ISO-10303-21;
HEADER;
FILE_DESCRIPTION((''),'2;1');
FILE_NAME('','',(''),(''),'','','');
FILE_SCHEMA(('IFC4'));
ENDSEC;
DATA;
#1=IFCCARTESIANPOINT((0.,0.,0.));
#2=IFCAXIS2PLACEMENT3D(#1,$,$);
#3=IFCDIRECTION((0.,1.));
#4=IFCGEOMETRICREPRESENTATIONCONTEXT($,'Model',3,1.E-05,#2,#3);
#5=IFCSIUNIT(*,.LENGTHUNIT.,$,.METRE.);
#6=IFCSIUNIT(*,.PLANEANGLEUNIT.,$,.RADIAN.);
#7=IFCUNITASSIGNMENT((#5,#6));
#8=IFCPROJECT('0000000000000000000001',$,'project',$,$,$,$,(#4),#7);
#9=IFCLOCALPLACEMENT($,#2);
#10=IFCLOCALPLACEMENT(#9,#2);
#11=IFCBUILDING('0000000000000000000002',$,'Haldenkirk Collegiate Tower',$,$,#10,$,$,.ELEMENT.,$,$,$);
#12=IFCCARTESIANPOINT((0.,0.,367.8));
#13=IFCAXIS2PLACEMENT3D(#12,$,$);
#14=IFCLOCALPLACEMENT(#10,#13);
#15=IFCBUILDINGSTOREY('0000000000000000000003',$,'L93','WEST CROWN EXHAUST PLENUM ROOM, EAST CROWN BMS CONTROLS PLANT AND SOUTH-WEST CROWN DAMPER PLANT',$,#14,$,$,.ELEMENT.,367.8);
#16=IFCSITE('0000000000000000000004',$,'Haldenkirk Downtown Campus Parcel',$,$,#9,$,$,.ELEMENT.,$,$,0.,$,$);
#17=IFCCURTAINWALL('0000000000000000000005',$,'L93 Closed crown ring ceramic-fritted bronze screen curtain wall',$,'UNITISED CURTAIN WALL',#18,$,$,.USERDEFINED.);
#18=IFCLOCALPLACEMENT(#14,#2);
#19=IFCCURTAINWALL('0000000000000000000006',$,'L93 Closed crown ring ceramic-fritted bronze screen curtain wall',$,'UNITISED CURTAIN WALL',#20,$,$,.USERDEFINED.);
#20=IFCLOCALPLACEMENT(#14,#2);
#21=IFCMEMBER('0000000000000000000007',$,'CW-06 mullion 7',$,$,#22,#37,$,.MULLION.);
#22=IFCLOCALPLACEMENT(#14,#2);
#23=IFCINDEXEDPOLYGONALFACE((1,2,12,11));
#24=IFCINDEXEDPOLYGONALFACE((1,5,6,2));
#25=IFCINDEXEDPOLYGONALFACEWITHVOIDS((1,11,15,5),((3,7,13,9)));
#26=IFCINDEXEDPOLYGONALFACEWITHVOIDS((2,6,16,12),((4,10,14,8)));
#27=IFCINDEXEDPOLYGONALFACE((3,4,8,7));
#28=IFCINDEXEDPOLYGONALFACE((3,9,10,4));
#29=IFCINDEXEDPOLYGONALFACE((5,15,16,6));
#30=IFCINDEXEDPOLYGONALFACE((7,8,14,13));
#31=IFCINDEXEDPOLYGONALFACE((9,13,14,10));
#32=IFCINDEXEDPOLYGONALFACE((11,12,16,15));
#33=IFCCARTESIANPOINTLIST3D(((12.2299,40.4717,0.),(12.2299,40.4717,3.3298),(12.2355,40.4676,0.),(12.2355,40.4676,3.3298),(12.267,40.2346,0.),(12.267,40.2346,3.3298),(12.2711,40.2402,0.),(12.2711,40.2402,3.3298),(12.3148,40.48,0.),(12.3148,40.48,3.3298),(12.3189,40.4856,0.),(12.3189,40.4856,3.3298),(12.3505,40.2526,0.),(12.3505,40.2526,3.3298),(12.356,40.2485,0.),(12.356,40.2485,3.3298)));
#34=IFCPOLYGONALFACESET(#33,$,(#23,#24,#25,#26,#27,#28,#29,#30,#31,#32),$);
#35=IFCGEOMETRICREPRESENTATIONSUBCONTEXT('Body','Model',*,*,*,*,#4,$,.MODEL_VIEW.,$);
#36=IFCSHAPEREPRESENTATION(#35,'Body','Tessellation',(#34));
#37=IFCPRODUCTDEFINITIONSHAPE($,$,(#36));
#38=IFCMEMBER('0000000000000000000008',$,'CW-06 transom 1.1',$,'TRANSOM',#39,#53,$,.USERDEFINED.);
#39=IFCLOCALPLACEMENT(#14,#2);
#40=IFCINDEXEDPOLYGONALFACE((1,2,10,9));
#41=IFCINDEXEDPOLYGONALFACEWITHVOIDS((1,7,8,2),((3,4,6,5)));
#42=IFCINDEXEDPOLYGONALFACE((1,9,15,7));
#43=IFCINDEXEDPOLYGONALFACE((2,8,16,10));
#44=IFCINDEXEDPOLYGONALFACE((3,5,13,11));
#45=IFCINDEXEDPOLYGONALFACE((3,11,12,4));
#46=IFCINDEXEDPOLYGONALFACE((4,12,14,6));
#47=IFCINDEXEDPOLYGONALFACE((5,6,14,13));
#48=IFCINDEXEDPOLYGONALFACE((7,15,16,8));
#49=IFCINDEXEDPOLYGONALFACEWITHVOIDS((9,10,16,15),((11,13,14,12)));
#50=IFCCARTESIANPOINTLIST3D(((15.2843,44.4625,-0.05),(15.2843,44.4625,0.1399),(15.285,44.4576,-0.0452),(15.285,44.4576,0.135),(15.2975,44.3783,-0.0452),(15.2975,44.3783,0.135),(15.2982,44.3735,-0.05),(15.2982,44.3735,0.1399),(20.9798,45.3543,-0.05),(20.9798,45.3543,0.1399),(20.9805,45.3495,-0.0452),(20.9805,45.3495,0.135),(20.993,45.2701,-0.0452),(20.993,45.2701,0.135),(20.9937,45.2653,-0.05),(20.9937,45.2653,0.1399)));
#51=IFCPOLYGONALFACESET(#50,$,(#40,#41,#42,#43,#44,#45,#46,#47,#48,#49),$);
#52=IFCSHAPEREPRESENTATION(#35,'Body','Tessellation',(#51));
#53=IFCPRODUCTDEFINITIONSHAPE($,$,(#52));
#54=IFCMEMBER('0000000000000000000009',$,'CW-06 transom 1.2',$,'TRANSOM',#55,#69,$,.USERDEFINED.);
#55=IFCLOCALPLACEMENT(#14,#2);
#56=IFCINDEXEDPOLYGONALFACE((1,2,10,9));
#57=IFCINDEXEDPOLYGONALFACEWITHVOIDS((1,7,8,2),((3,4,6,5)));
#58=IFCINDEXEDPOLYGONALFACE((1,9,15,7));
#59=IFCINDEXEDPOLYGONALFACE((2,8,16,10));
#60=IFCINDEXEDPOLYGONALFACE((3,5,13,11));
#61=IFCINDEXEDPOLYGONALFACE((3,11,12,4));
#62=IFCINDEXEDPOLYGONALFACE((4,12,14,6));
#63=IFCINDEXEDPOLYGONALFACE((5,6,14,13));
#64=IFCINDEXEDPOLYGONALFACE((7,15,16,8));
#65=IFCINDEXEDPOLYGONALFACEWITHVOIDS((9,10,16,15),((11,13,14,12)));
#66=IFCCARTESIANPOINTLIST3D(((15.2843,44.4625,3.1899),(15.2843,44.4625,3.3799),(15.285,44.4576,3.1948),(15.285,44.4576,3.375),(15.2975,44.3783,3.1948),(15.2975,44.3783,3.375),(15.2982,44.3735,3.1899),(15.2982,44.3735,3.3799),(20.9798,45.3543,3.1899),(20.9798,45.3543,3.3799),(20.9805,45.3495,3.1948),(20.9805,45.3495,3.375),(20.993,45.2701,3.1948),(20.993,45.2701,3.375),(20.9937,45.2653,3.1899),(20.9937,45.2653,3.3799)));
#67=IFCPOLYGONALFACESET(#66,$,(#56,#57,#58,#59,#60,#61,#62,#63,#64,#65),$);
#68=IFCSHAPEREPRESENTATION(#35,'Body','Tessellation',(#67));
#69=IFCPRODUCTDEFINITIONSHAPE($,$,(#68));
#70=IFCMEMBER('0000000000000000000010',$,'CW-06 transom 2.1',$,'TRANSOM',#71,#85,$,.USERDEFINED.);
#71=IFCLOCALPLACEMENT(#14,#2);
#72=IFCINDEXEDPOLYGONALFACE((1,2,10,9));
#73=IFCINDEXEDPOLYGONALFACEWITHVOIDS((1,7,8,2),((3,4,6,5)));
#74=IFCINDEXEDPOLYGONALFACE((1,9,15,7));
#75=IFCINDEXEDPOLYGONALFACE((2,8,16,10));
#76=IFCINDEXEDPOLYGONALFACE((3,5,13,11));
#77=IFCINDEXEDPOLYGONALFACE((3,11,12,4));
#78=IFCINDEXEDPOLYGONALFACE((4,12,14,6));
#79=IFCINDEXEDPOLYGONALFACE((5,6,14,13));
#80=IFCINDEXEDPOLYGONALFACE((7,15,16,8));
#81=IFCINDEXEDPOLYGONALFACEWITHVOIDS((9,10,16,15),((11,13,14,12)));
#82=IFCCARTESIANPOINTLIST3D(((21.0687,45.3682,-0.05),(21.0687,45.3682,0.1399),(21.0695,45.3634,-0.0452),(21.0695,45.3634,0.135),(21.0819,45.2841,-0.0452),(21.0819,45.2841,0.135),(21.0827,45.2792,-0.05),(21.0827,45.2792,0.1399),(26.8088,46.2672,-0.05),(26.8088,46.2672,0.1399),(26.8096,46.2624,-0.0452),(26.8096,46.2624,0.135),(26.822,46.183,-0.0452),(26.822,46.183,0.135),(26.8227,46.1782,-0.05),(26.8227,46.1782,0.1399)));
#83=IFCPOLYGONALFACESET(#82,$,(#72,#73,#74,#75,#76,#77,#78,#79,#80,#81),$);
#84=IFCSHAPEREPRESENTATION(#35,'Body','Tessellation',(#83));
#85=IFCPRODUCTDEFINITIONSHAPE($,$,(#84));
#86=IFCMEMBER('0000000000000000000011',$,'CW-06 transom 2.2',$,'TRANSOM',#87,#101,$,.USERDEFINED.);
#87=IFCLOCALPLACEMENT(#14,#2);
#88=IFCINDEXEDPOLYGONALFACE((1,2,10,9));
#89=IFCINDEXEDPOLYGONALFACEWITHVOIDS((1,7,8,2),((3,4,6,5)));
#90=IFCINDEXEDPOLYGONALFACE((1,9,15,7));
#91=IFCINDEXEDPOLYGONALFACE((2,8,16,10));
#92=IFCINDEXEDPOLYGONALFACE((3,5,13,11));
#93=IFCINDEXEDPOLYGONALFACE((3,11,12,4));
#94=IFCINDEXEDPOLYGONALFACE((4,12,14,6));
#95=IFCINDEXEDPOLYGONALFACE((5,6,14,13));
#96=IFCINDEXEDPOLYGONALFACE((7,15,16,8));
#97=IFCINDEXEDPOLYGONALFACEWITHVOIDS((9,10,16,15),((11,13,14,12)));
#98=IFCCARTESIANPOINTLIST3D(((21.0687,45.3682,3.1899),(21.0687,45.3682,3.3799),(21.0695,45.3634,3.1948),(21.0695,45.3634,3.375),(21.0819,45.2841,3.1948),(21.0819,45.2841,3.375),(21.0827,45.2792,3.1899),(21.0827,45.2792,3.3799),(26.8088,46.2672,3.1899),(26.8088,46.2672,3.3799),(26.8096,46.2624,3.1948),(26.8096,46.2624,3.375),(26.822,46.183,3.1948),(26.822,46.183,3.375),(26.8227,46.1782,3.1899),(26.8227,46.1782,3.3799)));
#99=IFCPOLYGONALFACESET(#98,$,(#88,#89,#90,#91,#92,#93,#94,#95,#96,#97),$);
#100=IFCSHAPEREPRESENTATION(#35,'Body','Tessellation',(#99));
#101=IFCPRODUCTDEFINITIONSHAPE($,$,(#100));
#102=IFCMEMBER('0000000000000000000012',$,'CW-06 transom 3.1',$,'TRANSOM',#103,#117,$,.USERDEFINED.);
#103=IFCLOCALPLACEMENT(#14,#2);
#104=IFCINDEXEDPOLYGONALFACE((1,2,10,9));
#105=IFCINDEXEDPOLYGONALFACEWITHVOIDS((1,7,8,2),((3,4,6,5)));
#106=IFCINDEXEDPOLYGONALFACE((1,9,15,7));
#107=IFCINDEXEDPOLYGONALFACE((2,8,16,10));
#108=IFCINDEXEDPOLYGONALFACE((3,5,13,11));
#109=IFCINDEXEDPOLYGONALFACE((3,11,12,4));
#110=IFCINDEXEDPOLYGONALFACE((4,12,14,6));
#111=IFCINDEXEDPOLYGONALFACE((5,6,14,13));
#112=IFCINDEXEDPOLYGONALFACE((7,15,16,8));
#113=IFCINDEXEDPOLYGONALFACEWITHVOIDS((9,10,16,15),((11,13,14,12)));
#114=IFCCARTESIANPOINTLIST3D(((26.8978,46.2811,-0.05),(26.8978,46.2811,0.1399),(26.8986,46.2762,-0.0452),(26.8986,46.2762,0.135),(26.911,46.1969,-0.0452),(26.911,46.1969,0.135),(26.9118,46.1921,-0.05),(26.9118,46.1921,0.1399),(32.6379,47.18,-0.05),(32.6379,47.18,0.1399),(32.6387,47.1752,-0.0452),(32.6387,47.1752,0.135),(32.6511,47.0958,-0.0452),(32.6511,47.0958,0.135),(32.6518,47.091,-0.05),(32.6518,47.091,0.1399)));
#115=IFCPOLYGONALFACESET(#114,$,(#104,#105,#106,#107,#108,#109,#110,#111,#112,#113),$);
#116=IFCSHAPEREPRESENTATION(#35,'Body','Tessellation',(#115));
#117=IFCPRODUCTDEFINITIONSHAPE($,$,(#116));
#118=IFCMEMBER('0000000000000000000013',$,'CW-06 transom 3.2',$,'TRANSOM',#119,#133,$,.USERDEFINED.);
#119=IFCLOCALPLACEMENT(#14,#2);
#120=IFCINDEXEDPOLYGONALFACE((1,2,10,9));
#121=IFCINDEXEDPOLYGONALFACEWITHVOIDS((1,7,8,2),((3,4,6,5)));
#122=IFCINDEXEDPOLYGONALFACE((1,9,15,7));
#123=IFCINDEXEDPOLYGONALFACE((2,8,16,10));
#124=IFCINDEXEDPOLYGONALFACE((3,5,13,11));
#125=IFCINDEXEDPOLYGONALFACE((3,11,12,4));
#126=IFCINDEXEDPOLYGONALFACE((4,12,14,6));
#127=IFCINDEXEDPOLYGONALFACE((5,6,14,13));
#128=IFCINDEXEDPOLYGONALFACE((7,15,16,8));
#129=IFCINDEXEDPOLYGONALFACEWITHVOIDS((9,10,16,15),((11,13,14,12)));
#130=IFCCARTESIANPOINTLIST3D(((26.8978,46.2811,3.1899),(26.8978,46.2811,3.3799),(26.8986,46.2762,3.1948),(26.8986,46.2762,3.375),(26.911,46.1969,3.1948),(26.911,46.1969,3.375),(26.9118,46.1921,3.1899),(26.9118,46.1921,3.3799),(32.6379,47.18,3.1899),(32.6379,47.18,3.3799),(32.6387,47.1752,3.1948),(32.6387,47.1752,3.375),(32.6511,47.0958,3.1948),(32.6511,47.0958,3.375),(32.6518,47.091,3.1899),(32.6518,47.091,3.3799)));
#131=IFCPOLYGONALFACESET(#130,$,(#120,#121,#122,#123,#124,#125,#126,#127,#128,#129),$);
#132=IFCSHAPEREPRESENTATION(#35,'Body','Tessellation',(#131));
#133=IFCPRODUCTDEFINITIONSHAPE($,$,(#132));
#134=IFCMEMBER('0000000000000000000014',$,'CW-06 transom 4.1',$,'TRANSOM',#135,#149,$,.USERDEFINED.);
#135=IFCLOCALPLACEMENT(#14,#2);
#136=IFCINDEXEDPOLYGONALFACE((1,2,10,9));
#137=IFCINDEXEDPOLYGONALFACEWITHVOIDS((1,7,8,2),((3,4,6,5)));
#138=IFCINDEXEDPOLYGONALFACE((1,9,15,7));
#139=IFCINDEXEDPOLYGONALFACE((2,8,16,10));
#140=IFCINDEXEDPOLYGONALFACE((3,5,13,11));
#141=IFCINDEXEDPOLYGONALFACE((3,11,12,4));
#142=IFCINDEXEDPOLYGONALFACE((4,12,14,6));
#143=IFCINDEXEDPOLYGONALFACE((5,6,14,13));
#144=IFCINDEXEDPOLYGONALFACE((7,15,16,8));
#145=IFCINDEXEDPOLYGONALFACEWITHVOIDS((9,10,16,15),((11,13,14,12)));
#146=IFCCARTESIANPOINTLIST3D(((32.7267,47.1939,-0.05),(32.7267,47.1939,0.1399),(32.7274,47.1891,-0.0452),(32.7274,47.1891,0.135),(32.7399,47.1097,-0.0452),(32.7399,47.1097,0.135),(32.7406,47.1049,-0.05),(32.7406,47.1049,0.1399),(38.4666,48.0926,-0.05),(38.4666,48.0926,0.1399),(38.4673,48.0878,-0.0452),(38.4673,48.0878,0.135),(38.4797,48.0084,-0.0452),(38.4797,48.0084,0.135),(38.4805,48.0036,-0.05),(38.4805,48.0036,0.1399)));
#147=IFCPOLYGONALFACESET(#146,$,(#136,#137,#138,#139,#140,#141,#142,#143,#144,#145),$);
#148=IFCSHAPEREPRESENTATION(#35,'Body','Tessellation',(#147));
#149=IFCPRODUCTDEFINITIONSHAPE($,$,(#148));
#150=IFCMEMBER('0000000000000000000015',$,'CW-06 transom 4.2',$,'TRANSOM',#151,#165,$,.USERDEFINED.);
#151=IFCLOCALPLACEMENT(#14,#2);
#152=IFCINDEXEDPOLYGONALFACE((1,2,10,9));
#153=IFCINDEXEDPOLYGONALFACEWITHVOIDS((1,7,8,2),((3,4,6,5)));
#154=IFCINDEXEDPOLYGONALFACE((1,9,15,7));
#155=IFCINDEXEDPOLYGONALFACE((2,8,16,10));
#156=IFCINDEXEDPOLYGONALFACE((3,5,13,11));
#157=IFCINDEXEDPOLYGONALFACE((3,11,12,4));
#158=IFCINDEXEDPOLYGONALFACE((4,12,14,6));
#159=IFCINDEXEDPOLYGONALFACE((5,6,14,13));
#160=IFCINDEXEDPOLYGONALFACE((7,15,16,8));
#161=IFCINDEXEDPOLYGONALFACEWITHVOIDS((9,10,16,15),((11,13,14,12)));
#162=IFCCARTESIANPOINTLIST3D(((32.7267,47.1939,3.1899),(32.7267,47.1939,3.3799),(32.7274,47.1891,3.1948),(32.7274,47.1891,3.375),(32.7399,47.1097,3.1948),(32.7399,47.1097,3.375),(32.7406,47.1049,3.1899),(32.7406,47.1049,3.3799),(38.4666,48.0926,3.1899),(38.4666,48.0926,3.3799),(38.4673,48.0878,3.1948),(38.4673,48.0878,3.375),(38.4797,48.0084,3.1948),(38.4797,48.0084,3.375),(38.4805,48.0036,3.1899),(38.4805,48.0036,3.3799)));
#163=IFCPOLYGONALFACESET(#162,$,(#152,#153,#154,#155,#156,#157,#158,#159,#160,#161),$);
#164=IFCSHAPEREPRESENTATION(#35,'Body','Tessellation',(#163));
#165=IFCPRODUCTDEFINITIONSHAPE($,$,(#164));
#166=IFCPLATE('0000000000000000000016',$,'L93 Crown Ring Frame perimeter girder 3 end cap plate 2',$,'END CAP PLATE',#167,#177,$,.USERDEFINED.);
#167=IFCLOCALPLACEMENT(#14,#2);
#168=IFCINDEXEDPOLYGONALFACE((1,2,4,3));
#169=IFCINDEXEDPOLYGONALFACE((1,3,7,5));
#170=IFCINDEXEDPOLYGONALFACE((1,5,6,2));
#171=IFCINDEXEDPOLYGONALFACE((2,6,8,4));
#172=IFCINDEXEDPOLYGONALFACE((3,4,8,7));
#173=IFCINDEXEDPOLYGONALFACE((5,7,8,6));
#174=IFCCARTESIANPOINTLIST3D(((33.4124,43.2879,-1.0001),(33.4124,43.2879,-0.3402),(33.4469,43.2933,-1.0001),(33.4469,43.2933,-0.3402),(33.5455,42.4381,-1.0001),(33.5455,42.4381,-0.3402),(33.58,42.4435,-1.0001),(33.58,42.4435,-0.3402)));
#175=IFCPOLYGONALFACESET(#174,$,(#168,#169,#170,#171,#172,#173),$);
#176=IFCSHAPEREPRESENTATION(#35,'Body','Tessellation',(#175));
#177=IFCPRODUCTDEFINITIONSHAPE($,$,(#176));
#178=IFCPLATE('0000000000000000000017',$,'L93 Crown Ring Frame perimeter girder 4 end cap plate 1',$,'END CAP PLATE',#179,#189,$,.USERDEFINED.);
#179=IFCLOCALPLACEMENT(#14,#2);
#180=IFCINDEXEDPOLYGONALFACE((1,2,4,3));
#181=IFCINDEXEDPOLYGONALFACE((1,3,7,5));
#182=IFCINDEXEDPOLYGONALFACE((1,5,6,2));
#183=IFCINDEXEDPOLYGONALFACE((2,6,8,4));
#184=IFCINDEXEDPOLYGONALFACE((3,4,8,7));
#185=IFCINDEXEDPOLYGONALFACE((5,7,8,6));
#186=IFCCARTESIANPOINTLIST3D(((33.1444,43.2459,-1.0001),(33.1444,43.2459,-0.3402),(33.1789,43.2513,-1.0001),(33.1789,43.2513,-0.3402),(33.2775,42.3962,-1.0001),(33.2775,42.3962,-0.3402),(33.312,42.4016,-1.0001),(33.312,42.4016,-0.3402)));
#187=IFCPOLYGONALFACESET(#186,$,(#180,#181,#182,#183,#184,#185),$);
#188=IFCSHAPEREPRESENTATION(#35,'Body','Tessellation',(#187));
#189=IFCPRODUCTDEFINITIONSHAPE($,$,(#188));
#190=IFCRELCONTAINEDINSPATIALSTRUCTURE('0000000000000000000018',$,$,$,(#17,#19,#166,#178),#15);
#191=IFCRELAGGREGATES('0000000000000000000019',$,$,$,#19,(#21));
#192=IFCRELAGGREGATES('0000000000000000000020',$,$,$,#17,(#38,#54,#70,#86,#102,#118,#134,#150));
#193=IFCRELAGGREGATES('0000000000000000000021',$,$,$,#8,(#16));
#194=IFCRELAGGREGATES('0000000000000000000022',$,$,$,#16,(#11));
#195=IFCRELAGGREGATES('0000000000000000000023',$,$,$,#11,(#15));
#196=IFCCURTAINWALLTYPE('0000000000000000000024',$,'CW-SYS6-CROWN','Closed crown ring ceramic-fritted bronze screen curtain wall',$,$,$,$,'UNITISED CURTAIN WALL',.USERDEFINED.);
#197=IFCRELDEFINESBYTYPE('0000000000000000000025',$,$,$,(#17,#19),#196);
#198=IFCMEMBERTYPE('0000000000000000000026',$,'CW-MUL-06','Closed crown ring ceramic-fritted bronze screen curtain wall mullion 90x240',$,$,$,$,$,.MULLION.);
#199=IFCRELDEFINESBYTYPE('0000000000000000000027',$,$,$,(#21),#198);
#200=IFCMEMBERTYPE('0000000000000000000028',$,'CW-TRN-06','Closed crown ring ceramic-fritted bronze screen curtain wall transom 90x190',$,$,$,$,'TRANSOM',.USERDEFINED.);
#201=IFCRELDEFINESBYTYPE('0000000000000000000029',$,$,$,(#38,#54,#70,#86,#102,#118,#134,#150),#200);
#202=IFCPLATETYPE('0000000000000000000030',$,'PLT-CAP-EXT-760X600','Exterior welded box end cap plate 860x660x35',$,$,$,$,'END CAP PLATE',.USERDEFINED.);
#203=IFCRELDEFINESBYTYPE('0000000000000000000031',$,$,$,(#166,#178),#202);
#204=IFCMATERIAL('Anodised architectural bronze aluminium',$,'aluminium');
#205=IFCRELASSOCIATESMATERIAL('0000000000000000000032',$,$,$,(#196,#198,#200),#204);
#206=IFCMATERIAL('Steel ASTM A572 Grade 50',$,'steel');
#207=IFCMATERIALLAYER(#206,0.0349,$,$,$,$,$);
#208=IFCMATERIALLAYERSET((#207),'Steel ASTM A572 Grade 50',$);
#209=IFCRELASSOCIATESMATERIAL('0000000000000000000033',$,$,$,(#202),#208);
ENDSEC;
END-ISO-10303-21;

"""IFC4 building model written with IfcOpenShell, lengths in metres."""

from ifc_helpers import new_model, si_unit, direction, frame, origin, origin_2d, place, context, subcontext, project, spatial, rectangle, hollow_rectangle, extrude, source, transform, mapped, material, layer, layer_set, material_profile, profile_set, type_object, element, aggregate, save


model = new_model("IFC4")

# Units and contexts
model_context = context("Model", 3, precision=1e-05, world=origin(), true_north=direction((0.0, 1.0)))
body_context = subcontext(model_context, "Body", "Model", "MODEL_VIEW")
ifc_project = project(units=[si_unit("LENGTHUNIT", "METRE"), si_unit("PLANEANGLEUNIT", "RADIAN")], contexts=[model_context])

# Site, building, storey
site_placement = place(None, origin())
site = spatial("IfcSite", under=ifc_project, at=site_placement, Name="Haldenkirk Downtown Campus Parcel", CompositionType="ELEMENT", RefElevation=0.0)
building_placement = place(site_placement, origin())
building = spatial("IfcBuilding", under=site, at=building_placement, Name="Haldenkirk Collegiate Tower", CompositionType="ELEMENT")
storey_placement = place(building_placement, frame((0.0, 0.0, 367.8)))
storey = spatial("IfcBuildingStorey", under=building, at=storey_placement, Name="L93", Description="WEST CROWN EXHAUST PLENUM ROOM, EAST CROWN BMS CONTROLS PLANT AND SOUTH-WEST CROWN DAMPER PLANT", CompositionType="ELEMENT", Elevation=367.8)

# Shared definitions
ifc_material_1 = material(Name="Steel ASTM A572 Grade 50", Category="steel")

# Curtain wall
ifc_material_2 = material(Name="Anodised architectural bronze aluminium", Category="aluminium")
curtain_wall_type = type_object("IfcCurtainWallType", Name="CW-SYS6-CROWN", Description="Closed crown ring ceramic-fritted bronze screen curtain wall", ElementType="UNITISED CURTAIN WALL", PredefinedType="USERDEFINED", material=ifc_material_2)
curtain_wall_1_placement = place(storey_placement, origin())
curtain_wall_1 = element("IfcCurtainWall", 1, at=curtain_wall_1_placement, inside=storey, type_object=curtain_wall_type, Name="L93 Closed crown ring ceramic-fritted bronze screen curtain wall", ObjectType="UNITISED CURTAIN WALL", PredefinedType="USERDEFINED")
ifc_material_profile_1 = material_profile(ifc_material_2, hollow_rectangle(XDim=0.0901, YDim=0.24, WallThickness=0.0049, at=origin_2d()), Name="CW-MUL-06")
ifc_profile_set_1 = profile_set([ifc_material_profile_1], Name="Anodised architectural bronze aluminium")
member_type_1 = type_object("IfcMemberType", Name="CW-MUL-06", Description="Closed crown ring ceramic-fritted bronze screen curtain wall mullion 90x240", PredefinedType="MULLION", material=ifc_profile_set_1)

# Curtain wall, member
curtain_wall_2_placement = place(storey_placement, origin())
curtain_wall_2 = element("IfcCurtainWall", 2, at=curtain_wall_2_placement, inside=storey, type_object=curtain_wall_type, Name="L93 Closed crown ring ceramic-fritted bronze screen curtain wall", ObjectType="UNITISED CURTAIN WALL", PredefinedType="USERDEFINED")
member_1_placement = place(storey_placement, frame((12.293, 40.3601, 0.0), z_axis=(0.0, 0.0, 1.0), x_axis=(-0.98796, -0.154713, 0.0)))
member_1 = element("IfcMember", 3, at=member_1_placement, type_object=member_type_1, Name="CW-06 mullion 7", PredefinedType="MULLION", context=body_context, shape_type="SweptSolid", body=[
    extrude(hollow_rectangle(XDim=0.0901, YDim=0.24, WallThickness=0.0049, at=origin_2d()), origin(), (0.0, 0.0, 1.0), 3.3298),
])
aggregate(curtain_wall_2, [member_1])

# Members
ifc_material_profile_2 = material_profile(ifc_material_2, hollow_rectangle(XDim=0.0901, YDim=0.1899, WallThickness=0.0049, at=origin_2d()), Name="CW-TRN-06")
ifc_profile_set_2 = profile_set([ifc_material_profile_2], Name="Anodised architectural bronze aluminium")
member_type_2 = type_object("IfcMemberType", Name="CW-TRN-06", Description="Closed crown ring ceramic-fritted bronze screen curtain wall transom 90x190", ElementType="TRANSOM", PredefinedType="USERDEFINED", material=ifc_profile_set_2)
member_2_placement = place(storey_placement, frame((15.2913, 44.418, 0.0449), z_axis=(0.987961, 0.154701, 0.0), x_axis=(-0.154701, 0.987961, 0.0)))
member_2 = element("IfcMember", 4, at=member_2_placement, type_object=member_type_2, Name="CW-06 transom 1.1", ObjectType="TRANSOM", PredefinedType="USERDEFINED", context=body_context, shape_type="SweptSolid", body=[
    extrude(hollow_rectangle(XDim=0.0901, YDim=0.1899, WallThickness=0.0049, at=origin_2d()), origin(), (0.0, 0.0, 1.0), 5.7649),
])
member_3_placement = place(storey_placement, frame((15.2913, 44.418, 3.2849), z_axis=(0.987961, 0.154701, 0.0), x_axis=(-0.154701, 0.987961, 0.0)))
member_3 = element("IfcMember", 5, at=member_3_placement, type_object=member_type_2, Name="CW-06 transom 1.2", ObjectType="TRANSOM", PredefinedType="USERDEFINED", context=body_context, shape_type="SweptSolid", body=[
    extrude(hollow_rectangle(XDim=0.0901, YDim=0.1899, WallThickness=0.0049, at=origin_2d()), origin(), (0.0, 0.0, 1.0), 5.7649),
])
member_4_placement = place(storey_placement, frame((21.0757, 45.3237, 0.0449), z_axis=(0.987958, 0.154722, 0.0), x_axis=(-0.154722, 0.987958, 0.0)))
member_4 = element("IfcMember", 6, at=member_4_placement, type_object=member_type_2, Name="CW-06 transom 2.1", ObjectType="TRANSOM", PredefinedType="USERDEFINED", context=body_context, shape_type="SweptSolid", body=[
    extrude(hollow_rectangle(XDim=0.0901, YDim=0.1899, WallThickness=0.0049, at=origin_2d()), origin(), (0.0, 0.0, 1.0), 5.8101),
])
member_5_placement = place(storey_placement, frame((21.0757, 45.3237, 3.2849), z_axis=(0.987958, 0.154722, 0.0), x_axis=(-0.154722, 0.987958, 0.0)))
member_5 = element("IfcMember", 7, at=member_5_placement, type_object=member_type_2, Name="CW-06 transom 2.2", ObjectType="TRANSOM", PredefinedType="USERDEFINED", context=body_context, shape_type="SweptSolid", body=[
    extrude(hollow_rectangle(XDim=0.0901, YDim=0.1899, WallThickness=0.0049, at=origin_2d()), origin(), (0.0, 0.0, 1.0), 5.8101),
])
member_6_placement = place(storey_placement, frame((26.9048, 46.2366, 0.0449), z_axis=(0.987958, 0.154722, 0.0), x_axis=(-0.154722, 0.987958, 0.0)))
member_6 = element("IfcMember", 8, at=member_6_placement, type_object=member_type_2, Name="CW-06 transom 3.1", ObjectType="TRANSOM", PredefinedType="USERDEFINED", context=body_context, shape_type="SweptSolid", body=[
    extrude(hollow_rectangle(XDim=0.0901, YDim=0.1899, WallThickness=0.0049, at=origin_2d()), origin(), (0.0, 0.0, 1.0), 5.8101),
])
member_7_placement = place(storey_placement, frame((26.9048, 46.2366, 3.2849), z_axis=(0.987958, 0.154722, 0.0), x_axis=(-0.154722, 0.987958, 0.0)))
member_7 = element("IfcMember", 9, at=member_7_placement, type_object=member_type_2, Name="CW-06 transom 3.2", ObjectType="TRANSOM", PredefinedType="USERDEFINED", context=body_context, shape_type="SweptSolid", body=[
    extrude(hollow_rectangle(XDim=0.0901, YDim=0.1899, WallThickness=0.0049, at=origin_2d()), origin(), (0.0, 0.0, 1.0), 5.8101),
])
member_8_placement = place(storey_placement, frame((32.7336, 47.1494, 0.0449), z_axis=(0.987965, 0.154681, 0.0), x_axis=(-0.154681, 0.987965, 0.0)))
member_8 = element("IfcMember", 10, at=member_8_placement, type_object=member_type_2, Name="CW-06 transom 4.1", ObjectType="TRANSOM", PredefinedType="USERDEFINED", context=body_context, shape_type="SweptSolid", body=[
    extrude(hollow_rectangle(XDim=0.0901, YDim=0.1899, WallThickness=0.0049, at=origin_2d()), origin(), (0.0, 0.0, 1.0), 5.8098),
])
member_9_placement = place(storey_placement, frame((32.7336, 47.1494, 3.2849), z_axis=(0.987965, 0.154681, 0.0), x_axis=(-0.154681, 0.987965, 0.0)))
member_9 = element("IfcMember", 11, at=member_9_placement, type_object=member_type_2, Name="CW-06 transom 4.2", ObjectType="TRANSOM", PredefinedType="USERDEFINED", context=body_context, shape_type="SweptSolid", body=[
    extrude(hollow_rectangle(XDim=0.0901, YDim=0.1899, WallThickness=0.0049, at=origin_2d()), origin(), (0.0, 0.0, 1.0), 5.8098),
])

# Plates
ifc_layer_1 = layer(ifc_material_1, 0.0349)
ifc_layer_set_1 = layer_set([ifc_layer_1], Name="Steel ASTM A572 Grade 50")
plate_type_1 = type_object("IfcPlateType", Name="PLT-CAP-EXT-760X600", Description="Exterior welded box end cap plate 860x660x35", ElementType="END CAP PLATE", PredefinedType="USERDEFINED", material=ifc_layer_set_1)
shared_shape_1 = source(origin(), body_context, "Body", "SweptSolid", [
    extrude(rectangle(XDim=0.8601, YDim=0.6599, at=origin_2d()), origin(), (0.0, 0.0, 1.0), 0.0349),
])
for number, where, z_axis, x_axis, name in (
    (12, (33.5134, 42.8684, -0.6702), (-0.987959, -0.154713, 0.0), (0.154713, -0.987959, 0.0), "L93 Crown Ring Frame perimeter girder 3 end cap plate 2"),
    (13, (33.2109, 42.821, -0.6702), (0.987959, 0.154713, 0.0), (-0.154713, 0.987959, 0.0), "L93 Crown Ring Frame perimeter girder 4 end cap plate 1"),
):
    element("IfcPlate", number, at=place(storey_placement, frame(where, z_axis=z_axis, x_axis=x_axis)), inside=storey, type_object=plate_type_1, Name=name, ObjectType="END CAP PLATE", PredefinedType="USERDEFINED", context=body_context, shape_type="MappedRepresentation", body=[
        mapped(shared_shape_1, transform((0.0, 0.0, 0.0), x_axis=(1.0, 0.0, 0.0), y_axis=(0.0, 1.0, 0.0), z_axis=(0.0, 0.0, 1.0), scale=1.0)),
    ])

aggregate(curtain_wall_1, [member_2, member_3, member_4, member_5, member_6, member_7, member_8, member_9])

save(model, "model.ifc")
